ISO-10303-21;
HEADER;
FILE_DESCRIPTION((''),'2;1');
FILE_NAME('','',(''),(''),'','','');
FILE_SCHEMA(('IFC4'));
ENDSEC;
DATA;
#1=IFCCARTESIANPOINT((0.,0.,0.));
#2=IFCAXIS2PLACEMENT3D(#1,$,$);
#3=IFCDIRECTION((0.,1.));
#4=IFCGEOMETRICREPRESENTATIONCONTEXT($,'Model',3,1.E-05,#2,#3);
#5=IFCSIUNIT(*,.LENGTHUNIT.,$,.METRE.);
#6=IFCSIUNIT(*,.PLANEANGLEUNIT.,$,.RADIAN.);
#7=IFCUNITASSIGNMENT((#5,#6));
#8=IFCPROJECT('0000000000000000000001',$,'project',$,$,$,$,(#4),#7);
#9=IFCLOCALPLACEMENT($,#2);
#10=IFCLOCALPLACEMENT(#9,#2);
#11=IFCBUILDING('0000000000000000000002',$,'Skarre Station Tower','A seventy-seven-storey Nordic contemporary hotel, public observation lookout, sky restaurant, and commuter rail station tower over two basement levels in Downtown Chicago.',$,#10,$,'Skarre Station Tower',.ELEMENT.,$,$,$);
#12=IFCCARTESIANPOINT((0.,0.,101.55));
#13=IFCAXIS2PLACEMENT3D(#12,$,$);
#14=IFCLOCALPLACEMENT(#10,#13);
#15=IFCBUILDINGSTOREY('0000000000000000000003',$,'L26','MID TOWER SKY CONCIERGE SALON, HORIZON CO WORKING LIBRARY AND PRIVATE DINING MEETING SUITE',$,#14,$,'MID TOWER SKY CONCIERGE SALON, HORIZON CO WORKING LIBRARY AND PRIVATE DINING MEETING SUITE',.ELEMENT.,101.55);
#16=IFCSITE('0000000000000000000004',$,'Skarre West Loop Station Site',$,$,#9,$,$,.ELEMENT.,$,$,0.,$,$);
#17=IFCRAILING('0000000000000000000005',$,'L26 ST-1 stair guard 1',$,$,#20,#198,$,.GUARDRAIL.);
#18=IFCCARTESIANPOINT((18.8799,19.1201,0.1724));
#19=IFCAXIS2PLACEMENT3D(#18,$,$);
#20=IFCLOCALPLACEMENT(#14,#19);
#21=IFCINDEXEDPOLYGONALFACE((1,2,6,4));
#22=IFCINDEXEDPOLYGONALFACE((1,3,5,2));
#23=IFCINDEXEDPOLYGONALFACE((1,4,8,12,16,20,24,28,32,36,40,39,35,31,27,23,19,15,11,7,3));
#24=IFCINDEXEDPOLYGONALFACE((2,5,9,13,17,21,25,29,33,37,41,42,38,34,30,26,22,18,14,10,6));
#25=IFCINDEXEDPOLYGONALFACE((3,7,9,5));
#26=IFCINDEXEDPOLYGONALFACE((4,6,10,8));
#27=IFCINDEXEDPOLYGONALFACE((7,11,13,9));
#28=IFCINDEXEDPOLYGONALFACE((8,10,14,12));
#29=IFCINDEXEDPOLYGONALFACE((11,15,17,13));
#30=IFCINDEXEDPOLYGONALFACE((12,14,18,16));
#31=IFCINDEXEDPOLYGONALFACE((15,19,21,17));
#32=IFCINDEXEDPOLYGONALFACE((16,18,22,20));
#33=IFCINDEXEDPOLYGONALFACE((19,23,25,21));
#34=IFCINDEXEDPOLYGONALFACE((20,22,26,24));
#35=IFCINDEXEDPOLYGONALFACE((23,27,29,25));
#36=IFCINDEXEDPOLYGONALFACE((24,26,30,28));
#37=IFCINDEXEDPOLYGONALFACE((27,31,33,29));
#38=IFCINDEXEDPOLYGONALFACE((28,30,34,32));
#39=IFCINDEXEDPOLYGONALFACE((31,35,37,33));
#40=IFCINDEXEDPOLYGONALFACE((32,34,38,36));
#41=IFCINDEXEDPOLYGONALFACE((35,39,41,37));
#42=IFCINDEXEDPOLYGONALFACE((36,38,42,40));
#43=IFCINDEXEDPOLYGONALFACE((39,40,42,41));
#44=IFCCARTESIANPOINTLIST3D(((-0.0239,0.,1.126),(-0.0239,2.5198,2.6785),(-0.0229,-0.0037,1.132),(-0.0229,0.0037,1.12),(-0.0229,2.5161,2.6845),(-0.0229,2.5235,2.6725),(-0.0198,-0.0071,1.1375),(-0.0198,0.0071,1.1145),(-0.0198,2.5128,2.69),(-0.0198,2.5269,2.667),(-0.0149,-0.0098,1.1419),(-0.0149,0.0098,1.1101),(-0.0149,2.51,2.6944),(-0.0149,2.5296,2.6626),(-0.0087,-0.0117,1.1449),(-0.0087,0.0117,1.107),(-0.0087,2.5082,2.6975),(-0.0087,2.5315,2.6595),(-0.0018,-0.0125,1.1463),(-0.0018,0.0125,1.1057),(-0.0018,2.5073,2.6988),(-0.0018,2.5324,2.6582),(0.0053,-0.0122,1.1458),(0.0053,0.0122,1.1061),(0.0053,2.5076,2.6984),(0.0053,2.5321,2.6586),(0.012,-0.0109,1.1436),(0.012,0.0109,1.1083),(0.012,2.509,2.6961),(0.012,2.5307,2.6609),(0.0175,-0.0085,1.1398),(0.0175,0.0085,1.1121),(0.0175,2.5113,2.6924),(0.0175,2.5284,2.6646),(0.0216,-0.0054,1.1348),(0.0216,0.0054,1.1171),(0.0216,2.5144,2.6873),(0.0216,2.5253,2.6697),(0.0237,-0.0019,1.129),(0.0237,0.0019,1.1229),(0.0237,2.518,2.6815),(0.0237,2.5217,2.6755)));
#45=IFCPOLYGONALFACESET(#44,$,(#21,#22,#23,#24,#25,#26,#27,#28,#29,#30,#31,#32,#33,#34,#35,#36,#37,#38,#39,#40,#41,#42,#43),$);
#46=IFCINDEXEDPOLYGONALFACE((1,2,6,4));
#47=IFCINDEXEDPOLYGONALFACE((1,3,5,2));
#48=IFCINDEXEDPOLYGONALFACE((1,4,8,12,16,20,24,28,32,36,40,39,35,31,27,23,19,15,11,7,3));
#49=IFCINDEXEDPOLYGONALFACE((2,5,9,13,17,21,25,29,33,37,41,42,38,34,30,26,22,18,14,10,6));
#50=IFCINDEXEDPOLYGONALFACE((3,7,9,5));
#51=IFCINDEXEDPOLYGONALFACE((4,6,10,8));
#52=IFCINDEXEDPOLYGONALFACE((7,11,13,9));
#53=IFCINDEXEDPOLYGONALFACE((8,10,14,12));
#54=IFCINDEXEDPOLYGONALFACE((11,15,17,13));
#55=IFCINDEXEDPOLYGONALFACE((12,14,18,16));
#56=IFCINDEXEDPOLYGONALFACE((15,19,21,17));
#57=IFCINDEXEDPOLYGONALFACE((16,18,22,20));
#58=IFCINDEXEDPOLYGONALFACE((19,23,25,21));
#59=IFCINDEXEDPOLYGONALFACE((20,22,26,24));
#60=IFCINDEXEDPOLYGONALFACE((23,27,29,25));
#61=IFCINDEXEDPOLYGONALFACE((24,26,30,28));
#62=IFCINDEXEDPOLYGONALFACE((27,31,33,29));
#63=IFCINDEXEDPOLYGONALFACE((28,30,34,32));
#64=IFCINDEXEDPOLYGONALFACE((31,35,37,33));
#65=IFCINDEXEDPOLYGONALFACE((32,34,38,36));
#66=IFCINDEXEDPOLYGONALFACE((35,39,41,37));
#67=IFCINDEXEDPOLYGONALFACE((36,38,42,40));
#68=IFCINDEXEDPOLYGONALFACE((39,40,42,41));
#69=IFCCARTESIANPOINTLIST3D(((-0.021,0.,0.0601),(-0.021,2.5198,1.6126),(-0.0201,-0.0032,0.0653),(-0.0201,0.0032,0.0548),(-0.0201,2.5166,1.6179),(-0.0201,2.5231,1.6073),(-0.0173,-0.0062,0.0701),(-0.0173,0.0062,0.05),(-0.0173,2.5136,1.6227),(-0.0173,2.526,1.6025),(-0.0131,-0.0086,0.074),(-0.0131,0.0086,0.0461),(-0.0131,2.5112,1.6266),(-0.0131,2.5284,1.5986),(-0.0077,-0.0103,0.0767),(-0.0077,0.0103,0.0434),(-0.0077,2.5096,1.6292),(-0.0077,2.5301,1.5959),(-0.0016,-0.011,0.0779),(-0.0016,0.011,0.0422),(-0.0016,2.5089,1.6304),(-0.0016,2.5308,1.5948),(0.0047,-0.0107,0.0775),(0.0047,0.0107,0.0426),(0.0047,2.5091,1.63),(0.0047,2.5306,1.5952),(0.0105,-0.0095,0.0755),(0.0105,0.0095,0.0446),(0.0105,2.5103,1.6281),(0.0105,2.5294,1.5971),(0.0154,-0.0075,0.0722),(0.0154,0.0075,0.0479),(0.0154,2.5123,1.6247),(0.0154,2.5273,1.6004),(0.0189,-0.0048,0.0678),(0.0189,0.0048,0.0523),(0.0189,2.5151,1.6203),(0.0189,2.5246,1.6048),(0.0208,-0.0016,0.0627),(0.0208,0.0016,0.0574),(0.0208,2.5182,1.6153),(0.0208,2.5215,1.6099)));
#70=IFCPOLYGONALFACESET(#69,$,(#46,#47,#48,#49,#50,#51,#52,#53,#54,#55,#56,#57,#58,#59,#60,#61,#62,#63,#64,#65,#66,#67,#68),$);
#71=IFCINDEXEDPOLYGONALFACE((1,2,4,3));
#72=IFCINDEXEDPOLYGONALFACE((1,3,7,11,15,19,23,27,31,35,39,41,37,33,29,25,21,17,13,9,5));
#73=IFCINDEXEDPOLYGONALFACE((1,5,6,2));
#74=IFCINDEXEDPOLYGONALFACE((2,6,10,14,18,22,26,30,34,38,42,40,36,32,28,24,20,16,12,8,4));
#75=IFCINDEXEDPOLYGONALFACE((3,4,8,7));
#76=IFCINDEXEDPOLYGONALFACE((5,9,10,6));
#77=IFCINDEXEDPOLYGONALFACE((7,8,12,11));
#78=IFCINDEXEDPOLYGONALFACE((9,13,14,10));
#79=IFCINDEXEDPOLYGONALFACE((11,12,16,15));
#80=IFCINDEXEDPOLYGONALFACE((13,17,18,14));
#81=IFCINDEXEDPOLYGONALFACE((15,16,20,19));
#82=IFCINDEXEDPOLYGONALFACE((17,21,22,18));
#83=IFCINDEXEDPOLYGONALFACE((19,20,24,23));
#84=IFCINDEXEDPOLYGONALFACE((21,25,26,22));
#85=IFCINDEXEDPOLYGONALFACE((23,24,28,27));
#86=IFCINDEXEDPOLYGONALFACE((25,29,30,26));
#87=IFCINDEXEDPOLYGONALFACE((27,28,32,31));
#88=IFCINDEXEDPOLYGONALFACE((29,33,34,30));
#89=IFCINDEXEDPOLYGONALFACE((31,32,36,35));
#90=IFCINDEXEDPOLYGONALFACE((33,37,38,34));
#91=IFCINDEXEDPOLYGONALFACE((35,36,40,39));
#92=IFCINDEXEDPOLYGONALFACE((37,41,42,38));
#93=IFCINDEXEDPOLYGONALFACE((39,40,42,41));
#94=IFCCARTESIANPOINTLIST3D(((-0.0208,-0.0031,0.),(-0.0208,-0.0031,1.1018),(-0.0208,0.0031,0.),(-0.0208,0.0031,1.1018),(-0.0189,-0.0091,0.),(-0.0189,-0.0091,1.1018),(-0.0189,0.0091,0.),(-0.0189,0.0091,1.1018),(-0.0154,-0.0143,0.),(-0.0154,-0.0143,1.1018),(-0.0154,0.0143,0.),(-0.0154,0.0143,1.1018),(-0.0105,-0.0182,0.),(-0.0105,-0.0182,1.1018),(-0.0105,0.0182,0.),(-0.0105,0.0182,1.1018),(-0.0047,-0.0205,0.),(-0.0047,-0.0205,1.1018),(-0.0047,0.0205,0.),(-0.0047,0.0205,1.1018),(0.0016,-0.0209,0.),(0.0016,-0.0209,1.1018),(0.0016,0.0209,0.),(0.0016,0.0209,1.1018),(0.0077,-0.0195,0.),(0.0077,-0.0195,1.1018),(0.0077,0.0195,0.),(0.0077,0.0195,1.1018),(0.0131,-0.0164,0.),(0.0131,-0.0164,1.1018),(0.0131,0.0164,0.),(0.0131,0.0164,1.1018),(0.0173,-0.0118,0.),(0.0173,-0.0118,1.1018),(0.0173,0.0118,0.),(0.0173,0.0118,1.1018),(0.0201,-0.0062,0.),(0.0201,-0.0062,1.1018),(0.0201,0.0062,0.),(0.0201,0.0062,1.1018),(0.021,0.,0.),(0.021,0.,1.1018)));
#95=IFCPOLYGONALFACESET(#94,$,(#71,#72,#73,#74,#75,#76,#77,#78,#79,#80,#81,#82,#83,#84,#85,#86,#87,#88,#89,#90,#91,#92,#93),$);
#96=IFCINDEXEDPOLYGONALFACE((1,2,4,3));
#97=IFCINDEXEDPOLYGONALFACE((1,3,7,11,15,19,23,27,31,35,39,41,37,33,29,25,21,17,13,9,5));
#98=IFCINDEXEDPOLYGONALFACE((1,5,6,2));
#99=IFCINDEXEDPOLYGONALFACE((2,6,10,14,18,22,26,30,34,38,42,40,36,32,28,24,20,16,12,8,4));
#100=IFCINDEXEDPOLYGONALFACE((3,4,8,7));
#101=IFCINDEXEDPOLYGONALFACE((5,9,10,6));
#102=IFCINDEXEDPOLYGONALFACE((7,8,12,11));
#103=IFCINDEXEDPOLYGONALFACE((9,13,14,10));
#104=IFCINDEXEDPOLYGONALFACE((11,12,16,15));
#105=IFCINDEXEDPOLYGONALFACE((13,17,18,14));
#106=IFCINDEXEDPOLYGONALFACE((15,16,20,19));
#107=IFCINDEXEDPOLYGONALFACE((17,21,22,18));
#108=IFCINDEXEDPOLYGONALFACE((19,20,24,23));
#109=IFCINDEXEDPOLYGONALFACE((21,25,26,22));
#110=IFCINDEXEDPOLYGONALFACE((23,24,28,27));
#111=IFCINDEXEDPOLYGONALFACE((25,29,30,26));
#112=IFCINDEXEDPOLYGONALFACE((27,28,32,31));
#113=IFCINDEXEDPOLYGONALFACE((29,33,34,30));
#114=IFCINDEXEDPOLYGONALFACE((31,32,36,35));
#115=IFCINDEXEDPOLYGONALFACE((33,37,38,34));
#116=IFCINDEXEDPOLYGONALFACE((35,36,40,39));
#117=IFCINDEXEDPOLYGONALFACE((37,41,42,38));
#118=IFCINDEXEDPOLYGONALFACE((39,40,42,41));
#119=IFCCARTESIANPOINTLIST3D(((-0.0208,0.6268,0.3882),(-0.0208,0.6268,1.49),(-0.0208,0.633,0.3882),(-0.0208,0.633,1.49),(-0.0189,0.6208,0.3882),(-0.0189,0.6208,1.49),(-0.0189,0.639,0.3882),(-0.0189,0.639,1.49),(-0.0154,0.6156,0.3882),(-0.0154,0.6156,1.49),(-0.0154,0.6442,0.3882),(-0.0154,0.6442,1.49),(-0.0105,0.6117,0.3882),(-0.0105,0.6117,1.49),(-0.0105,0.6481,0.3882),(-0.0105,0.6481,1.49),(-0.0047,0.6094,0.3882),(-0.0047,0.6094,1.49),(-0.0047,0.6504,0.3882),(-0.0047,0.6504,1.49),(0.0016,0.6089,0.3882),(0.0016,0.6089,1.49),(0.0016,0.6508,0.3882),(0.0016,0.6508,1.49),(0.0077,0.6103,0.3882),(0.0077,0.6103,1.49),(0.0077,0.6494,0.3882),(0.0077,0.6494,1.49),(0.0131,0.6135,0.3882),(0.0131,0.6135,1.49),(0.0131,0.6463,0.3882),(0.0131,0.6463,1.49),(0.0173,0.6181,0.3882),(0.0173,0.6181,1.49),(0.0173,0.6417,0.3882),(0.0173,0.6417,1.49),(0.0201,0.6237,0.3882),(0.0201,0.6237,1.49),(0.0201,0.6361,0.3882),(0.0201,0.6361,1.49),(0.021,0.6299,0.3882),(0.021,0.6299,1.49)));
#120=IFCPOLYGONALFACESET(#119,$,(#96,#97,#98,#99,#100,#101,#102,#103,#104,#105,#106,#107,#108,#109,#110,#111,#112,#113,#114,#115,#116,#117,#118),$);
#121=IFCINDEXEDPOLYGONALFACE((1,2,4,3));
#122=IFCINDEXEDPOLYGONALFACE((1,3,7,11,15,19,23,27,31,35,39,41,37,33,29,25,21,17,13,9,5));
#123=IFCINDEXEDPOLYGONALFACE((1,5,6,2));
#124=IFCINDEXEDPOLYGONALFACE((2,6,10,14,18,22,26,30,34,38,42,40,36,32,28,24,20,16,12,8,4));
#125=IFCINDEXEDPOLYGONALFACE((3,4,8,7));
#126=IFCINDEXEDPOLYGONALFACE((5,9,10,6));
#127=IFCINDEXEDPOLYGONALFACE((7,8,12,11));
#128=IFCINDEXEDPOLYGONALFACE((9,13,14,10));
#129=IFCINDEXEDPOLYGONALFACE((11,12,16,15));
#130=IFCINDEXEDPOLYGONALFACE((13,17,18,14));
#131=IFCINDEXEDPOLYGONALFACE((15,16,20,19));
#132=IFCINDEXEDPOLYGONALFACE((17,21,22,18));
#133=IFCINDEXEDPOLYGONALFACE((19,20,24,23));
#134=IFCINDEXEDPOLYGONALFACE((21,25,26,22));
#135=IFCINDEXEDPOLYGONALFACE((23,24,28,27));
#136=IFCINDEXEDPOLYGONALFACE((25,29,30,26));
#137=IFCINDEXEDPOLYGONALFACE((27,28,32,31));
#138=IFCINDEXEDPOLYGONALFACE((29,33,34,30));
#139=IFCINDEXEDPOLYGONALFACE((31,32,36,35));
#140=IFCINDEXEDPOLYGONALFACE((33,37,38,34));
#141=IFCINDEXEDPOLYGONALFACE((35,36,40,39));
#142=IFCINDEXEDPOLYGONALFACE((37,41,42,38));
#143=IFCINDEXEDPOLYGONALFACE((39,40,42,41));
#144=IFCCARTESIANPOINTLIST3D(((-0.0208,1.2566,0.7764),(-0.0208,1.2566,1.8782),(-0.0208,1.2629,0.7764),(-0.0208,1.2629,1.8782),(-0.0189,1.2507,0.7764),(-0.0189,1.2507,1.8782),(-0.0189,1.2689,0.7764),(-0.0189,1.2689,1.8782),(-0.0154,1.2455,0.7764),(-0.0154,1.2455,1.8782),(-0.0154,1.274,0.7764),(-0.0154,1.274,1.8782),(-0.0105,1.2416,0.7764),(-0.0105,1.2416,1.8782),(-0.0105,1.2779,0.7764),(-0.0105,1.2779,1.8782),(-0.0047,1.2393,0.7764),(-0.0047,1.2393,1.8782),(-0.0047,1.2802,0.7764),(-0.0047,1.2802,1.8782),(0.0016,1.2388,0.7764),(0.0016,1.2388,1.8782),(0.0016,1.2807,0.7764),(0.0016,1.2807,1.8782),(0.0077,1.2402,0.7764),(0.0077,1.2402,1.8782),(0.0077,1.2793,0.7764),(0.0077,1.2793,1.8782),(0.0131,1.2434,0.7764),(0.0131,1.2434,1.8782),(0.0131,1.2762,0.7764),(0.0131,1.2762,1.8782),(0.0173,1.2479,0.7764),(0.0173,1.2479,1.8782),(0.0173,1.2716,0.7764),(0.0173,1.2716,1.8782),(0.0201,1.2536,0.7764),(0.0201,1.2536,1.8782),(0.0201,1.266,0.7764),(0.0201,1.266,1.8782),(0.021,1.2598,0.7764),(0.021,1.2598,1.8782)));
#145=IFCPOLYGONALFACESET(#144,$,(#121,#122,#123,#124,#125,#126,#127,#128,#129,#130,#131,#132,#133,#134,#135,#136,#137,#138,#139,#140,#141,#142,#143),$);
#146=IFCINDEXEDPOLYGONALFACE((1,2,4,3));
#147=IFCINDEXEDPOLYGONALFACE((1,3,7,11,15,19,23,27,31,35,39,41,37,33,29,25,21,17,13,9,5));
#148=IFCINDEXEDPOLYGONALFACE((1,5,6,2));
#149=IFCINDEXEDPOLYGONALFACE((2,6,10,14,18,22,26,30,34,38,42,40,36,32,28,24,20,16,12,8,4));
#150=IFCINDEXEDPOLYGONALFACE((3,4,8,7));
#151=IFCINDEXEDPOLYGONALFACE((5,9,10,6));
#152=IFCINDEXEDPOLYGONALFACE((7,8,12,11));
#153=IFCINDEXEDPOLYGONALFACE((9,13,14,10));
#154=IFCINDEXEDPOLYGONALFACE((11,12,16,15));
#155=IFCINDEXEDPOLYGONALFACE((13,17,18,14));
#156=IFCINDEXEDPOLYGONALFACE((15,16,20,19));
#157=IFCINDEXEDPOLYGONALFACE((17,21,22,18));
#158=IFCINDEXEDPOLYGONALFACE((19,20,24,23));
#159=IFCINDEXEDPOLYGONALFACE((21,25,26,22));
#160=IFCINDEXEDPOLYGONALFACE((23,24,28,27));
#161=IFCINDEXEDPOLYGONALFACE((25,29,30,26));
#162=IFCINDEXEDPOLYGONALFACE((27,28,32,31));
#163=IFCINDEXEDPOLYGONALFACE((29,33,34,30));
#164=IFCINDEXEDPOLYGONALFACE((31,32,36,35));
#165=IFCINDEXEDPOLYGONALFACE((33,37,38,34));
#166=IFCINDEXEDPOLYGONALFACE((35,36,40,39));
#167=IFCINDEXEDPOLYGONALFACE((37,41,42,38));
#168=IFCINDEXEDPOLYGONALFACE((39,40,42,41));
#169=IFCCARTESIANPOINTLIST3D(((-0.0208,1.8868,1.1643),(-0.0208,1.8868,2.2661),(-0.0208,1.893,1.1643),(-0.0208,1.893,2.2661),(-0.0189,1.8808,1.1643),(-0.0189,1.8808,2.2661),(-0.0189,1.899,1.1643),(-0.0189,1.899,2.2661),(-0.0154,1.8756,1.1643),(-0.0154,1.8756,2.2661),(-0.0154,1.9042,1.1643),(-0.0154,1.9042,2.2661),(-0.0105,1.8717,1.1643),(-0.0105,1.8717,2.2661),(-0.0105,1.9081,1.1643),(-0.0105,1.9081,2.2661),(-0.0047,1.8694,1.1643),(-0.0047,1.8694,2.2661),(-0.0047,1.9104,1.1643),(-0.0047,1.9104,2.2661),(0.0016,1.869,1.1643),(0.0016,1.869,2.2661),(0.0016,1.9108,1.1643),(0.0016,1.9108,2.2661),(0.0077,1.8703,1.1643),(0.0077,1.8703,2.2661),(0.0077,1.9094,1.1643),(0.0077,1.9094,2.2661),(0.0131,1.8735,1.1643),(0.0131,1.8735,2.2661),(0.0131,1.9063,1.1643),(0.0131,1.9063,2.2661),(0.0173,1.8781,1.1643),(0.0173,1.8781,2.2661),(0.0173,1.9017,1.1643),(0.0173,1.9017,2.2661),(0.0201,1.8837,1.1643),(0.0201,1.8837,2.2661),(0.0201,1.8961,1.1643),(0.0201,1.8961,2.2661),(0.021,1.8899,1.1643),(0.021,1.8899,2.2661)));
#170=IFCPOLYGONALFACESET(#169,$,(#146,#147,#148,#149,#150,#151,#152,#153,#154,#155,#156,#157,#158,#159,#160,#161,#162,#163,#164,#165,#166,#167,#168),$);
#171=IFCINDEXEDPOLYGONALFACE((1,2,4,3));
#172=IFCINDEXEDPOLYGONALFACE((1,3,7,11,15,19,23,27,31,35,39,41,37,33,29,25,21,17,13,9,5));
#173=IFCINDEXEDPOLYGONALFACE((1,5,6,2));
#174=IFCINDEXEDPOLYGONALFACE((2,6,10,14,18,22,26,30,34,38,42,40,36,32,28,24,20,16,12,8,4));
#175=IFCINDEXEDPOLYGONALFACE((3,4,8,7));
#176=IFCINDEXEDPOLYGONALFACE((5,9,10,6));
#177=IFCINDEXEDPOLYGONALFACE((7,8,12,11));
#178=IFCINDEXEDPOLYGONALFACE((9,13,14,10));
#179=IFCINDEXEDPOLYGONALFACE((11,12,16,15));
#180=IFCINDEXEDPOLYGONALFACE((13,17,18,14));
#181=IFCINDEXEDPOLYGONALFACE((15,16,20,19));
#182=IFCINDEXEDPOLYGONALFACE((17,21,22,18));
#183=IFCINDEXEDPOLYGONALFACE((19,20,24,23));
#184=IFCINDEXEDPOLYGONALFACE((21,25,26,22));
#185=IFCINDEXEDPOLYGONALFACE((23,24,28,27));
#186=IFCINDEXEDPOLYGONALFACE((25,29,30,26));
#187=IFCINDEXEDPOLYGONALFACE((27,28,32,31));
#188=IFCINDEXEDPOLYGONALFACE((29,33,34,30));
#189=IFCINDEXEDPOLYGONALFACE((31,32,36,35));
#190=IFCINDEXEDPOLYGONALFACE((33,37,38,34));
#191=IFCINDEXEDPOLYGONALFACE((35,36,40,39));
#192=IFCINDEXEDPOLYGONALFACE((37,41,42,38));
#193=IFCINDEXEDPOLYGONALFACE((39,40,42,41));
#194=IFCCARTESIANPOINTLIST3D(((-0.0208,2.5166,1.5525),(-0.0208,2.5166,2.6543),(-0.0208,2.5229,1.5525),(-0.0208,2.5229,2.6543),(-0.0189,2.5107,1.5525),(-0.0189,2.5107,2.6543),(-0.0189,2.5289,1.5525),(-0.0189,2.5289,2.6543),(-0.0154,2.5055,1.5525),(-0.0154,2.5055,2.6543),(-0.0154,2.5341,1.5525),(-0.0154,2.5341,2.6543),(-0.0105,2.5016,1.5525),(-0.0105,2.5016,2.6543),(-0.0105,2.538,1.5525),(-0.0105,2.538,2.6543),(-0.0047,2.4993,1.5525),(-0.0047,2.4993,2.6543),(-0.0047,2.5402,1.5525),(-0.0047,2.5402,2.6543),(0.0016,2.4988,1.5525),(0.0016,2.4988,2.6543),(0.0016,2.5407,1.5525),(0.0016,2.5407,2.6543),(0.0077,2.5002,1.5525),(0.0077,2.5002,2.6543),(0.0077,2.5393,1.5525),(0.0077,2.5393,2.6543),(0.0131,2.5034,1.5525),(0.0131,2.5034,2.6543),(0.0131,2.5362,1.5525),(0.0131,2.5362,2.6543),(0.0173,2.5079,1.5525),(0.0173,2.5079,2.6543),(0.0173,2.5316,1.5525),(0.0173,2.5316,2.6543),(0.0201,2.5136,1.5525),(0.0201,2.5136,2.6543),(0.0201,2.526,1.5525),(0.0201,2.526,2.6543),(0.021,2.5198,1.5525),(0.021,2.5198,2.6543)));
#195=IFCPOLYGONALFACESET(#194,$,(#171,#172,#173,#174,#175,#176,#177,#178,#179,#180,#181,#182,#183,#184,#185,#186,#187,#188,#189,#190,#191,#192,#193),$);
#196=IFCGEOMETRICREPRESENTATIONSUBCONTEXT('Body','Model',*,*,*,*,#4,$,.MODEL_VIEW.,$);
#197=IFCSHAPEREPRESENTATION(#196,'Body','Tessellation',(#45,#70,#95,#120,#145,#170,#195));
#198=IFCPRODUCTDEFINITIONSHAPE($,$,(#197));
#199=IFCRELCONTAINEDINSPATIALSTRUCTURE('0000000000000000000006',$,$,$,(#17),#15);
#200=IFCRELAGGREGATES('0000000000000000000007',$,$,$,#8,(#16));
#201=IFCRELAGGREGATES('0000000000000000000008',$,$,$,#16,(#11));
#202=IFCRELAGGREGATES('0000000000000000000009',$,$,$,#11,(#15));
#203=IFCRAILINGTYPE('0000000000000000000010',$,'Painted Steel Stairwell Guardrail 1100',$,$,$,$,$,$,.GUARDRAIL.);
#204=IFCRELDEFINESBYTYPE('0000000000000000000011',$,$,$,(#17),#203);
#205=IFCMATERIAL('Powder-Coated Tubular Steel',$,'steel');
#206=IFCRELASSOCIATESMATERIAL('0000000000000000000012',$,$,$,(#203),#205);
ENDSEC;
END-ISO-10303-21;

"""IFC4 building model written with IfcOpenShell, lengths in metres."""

from ifc_helpers import new_model, si_unit, direction, frame, origin, origin_2d, place, context, subcontext, project, spatial, circle, extrude, material, type_object, element, save


model = new_model("IFC4")

# Units and contexts
model_context = context("Model", 3, precision=1e-05, world=origin(), true_north=direction((0.0, 1.0)))
body_context = subcontext(model_context, "Body", "Model", "MODEL_VIEW")
ifc_project = project(units=[si_unit("LENGTHUNIT", "METRE"), si_unit("PLANEANGLEUNIT", "RADIAN")], contexts=[model_context])

# Site, building, storey
site_placement = place(None, origin())
site = spatial("IfcSite", under=ifc_project, at=site_placement, Name="Skarre West Loop Station Site", CompositionType="ELEMENT", RefElevation=0.0)
building_placement = place(site_placement, origin())
building = spatial("IfcBuilding", under=site, at=building_placement, Name="Skarre Station Tower", Description="A seventy-seven-storey Nordic contemporary hotel, public observation lookout, sky restaurant, and commuter rail station tower over two basement levels in Downtown Chicago.", LongName="Skarre Station Tower", CompositionType="ELEMENT")
storey_placement = place(building_placement, frame((0.0, 0.0, 101.55)))
storey = spatial("IfcBuildingStorey", under=building, at=storey_placement, Name="L26", Description="MID TOWER SKY CONCIERGE SALON, HORIZON CO WORKING LIBRARY AND PRIVATE DINING MEETING SUITE", LongName="MID TOWER SKY CONCIERGE SALON, HORIZON CO WORKING LIBRARY AND PRIVATE DINING MEETING SUITE", CompositionType="ELEMENT", Elevation=101.55)

# Railing
ifc_material_1 = material(Name="Powder-Coated Tubular Steel", Category="steel")
railing_type_1 = type_object("IfcRailingType", Name="Painted Steel Stairwell Guardrail 1100", PredefinedType="GUARDRAIL", material=ifc_material_1)
railing_1_placement = place(storey_placement, frame((18.8799, 19.1201, 0.1724)))
element("IfcRailing", 1, at=railing_1_placement, inside=storey, type_object=railing_type_1, Name="L26 ST-1 stair guard 1", PredefinedType="GUARDRAIL", context=body_context, shape_type="SweptSolid", body=[
    extrude(circle(Radius=0.0239, at=origin_2d()), frame((0.0, 0.0, 1.126), z_axis=(0.0, 0.851378, 0.524553), x_axis=(-1.0, 0.0, 0.0)), (0.0, 0.0, 1.0), 2.9597),
    extrude(circle(Radius=0.021, at=origin_2d()), frame((0.0, 0.0, 0.0601), z_axis=(0.0, 0.851378, 0.524553), x_axis=(-1.0, 0.0, 0.0)), (0.0, 0.0, 1.0), 2.9597),
    extrude(circle(Radius=0.021, at=origin_2d()), origin(), (0.0, 0.0, 1.0), 1.1018),
    extrude(circle(Radius=0.021, at=origin_2d()), frame((0.0, 0.6299, 0.3882)), (0.0, 0.0, 1.0), 1.1018),
    extrude(circle(Radius=0.021, at=origin_2d()), frame((0.0, 1.2598, 0.7764)), (0.0, 0.0, 1.0), 1.1018),
    extrude(circle(Radius=0.021, at=origin_2d()), frame((0.0, 1.8899, 1.1643)), (0.0, 0.0, 1.0), 1.1018),
    extrude(circle(Radius=0.021, at=origin_2d()), frame((0.0, 2.5198, 1.5525)), (0.0, 0.0, 1.0), 1.1018),
])

save(model, "model.ifc")
